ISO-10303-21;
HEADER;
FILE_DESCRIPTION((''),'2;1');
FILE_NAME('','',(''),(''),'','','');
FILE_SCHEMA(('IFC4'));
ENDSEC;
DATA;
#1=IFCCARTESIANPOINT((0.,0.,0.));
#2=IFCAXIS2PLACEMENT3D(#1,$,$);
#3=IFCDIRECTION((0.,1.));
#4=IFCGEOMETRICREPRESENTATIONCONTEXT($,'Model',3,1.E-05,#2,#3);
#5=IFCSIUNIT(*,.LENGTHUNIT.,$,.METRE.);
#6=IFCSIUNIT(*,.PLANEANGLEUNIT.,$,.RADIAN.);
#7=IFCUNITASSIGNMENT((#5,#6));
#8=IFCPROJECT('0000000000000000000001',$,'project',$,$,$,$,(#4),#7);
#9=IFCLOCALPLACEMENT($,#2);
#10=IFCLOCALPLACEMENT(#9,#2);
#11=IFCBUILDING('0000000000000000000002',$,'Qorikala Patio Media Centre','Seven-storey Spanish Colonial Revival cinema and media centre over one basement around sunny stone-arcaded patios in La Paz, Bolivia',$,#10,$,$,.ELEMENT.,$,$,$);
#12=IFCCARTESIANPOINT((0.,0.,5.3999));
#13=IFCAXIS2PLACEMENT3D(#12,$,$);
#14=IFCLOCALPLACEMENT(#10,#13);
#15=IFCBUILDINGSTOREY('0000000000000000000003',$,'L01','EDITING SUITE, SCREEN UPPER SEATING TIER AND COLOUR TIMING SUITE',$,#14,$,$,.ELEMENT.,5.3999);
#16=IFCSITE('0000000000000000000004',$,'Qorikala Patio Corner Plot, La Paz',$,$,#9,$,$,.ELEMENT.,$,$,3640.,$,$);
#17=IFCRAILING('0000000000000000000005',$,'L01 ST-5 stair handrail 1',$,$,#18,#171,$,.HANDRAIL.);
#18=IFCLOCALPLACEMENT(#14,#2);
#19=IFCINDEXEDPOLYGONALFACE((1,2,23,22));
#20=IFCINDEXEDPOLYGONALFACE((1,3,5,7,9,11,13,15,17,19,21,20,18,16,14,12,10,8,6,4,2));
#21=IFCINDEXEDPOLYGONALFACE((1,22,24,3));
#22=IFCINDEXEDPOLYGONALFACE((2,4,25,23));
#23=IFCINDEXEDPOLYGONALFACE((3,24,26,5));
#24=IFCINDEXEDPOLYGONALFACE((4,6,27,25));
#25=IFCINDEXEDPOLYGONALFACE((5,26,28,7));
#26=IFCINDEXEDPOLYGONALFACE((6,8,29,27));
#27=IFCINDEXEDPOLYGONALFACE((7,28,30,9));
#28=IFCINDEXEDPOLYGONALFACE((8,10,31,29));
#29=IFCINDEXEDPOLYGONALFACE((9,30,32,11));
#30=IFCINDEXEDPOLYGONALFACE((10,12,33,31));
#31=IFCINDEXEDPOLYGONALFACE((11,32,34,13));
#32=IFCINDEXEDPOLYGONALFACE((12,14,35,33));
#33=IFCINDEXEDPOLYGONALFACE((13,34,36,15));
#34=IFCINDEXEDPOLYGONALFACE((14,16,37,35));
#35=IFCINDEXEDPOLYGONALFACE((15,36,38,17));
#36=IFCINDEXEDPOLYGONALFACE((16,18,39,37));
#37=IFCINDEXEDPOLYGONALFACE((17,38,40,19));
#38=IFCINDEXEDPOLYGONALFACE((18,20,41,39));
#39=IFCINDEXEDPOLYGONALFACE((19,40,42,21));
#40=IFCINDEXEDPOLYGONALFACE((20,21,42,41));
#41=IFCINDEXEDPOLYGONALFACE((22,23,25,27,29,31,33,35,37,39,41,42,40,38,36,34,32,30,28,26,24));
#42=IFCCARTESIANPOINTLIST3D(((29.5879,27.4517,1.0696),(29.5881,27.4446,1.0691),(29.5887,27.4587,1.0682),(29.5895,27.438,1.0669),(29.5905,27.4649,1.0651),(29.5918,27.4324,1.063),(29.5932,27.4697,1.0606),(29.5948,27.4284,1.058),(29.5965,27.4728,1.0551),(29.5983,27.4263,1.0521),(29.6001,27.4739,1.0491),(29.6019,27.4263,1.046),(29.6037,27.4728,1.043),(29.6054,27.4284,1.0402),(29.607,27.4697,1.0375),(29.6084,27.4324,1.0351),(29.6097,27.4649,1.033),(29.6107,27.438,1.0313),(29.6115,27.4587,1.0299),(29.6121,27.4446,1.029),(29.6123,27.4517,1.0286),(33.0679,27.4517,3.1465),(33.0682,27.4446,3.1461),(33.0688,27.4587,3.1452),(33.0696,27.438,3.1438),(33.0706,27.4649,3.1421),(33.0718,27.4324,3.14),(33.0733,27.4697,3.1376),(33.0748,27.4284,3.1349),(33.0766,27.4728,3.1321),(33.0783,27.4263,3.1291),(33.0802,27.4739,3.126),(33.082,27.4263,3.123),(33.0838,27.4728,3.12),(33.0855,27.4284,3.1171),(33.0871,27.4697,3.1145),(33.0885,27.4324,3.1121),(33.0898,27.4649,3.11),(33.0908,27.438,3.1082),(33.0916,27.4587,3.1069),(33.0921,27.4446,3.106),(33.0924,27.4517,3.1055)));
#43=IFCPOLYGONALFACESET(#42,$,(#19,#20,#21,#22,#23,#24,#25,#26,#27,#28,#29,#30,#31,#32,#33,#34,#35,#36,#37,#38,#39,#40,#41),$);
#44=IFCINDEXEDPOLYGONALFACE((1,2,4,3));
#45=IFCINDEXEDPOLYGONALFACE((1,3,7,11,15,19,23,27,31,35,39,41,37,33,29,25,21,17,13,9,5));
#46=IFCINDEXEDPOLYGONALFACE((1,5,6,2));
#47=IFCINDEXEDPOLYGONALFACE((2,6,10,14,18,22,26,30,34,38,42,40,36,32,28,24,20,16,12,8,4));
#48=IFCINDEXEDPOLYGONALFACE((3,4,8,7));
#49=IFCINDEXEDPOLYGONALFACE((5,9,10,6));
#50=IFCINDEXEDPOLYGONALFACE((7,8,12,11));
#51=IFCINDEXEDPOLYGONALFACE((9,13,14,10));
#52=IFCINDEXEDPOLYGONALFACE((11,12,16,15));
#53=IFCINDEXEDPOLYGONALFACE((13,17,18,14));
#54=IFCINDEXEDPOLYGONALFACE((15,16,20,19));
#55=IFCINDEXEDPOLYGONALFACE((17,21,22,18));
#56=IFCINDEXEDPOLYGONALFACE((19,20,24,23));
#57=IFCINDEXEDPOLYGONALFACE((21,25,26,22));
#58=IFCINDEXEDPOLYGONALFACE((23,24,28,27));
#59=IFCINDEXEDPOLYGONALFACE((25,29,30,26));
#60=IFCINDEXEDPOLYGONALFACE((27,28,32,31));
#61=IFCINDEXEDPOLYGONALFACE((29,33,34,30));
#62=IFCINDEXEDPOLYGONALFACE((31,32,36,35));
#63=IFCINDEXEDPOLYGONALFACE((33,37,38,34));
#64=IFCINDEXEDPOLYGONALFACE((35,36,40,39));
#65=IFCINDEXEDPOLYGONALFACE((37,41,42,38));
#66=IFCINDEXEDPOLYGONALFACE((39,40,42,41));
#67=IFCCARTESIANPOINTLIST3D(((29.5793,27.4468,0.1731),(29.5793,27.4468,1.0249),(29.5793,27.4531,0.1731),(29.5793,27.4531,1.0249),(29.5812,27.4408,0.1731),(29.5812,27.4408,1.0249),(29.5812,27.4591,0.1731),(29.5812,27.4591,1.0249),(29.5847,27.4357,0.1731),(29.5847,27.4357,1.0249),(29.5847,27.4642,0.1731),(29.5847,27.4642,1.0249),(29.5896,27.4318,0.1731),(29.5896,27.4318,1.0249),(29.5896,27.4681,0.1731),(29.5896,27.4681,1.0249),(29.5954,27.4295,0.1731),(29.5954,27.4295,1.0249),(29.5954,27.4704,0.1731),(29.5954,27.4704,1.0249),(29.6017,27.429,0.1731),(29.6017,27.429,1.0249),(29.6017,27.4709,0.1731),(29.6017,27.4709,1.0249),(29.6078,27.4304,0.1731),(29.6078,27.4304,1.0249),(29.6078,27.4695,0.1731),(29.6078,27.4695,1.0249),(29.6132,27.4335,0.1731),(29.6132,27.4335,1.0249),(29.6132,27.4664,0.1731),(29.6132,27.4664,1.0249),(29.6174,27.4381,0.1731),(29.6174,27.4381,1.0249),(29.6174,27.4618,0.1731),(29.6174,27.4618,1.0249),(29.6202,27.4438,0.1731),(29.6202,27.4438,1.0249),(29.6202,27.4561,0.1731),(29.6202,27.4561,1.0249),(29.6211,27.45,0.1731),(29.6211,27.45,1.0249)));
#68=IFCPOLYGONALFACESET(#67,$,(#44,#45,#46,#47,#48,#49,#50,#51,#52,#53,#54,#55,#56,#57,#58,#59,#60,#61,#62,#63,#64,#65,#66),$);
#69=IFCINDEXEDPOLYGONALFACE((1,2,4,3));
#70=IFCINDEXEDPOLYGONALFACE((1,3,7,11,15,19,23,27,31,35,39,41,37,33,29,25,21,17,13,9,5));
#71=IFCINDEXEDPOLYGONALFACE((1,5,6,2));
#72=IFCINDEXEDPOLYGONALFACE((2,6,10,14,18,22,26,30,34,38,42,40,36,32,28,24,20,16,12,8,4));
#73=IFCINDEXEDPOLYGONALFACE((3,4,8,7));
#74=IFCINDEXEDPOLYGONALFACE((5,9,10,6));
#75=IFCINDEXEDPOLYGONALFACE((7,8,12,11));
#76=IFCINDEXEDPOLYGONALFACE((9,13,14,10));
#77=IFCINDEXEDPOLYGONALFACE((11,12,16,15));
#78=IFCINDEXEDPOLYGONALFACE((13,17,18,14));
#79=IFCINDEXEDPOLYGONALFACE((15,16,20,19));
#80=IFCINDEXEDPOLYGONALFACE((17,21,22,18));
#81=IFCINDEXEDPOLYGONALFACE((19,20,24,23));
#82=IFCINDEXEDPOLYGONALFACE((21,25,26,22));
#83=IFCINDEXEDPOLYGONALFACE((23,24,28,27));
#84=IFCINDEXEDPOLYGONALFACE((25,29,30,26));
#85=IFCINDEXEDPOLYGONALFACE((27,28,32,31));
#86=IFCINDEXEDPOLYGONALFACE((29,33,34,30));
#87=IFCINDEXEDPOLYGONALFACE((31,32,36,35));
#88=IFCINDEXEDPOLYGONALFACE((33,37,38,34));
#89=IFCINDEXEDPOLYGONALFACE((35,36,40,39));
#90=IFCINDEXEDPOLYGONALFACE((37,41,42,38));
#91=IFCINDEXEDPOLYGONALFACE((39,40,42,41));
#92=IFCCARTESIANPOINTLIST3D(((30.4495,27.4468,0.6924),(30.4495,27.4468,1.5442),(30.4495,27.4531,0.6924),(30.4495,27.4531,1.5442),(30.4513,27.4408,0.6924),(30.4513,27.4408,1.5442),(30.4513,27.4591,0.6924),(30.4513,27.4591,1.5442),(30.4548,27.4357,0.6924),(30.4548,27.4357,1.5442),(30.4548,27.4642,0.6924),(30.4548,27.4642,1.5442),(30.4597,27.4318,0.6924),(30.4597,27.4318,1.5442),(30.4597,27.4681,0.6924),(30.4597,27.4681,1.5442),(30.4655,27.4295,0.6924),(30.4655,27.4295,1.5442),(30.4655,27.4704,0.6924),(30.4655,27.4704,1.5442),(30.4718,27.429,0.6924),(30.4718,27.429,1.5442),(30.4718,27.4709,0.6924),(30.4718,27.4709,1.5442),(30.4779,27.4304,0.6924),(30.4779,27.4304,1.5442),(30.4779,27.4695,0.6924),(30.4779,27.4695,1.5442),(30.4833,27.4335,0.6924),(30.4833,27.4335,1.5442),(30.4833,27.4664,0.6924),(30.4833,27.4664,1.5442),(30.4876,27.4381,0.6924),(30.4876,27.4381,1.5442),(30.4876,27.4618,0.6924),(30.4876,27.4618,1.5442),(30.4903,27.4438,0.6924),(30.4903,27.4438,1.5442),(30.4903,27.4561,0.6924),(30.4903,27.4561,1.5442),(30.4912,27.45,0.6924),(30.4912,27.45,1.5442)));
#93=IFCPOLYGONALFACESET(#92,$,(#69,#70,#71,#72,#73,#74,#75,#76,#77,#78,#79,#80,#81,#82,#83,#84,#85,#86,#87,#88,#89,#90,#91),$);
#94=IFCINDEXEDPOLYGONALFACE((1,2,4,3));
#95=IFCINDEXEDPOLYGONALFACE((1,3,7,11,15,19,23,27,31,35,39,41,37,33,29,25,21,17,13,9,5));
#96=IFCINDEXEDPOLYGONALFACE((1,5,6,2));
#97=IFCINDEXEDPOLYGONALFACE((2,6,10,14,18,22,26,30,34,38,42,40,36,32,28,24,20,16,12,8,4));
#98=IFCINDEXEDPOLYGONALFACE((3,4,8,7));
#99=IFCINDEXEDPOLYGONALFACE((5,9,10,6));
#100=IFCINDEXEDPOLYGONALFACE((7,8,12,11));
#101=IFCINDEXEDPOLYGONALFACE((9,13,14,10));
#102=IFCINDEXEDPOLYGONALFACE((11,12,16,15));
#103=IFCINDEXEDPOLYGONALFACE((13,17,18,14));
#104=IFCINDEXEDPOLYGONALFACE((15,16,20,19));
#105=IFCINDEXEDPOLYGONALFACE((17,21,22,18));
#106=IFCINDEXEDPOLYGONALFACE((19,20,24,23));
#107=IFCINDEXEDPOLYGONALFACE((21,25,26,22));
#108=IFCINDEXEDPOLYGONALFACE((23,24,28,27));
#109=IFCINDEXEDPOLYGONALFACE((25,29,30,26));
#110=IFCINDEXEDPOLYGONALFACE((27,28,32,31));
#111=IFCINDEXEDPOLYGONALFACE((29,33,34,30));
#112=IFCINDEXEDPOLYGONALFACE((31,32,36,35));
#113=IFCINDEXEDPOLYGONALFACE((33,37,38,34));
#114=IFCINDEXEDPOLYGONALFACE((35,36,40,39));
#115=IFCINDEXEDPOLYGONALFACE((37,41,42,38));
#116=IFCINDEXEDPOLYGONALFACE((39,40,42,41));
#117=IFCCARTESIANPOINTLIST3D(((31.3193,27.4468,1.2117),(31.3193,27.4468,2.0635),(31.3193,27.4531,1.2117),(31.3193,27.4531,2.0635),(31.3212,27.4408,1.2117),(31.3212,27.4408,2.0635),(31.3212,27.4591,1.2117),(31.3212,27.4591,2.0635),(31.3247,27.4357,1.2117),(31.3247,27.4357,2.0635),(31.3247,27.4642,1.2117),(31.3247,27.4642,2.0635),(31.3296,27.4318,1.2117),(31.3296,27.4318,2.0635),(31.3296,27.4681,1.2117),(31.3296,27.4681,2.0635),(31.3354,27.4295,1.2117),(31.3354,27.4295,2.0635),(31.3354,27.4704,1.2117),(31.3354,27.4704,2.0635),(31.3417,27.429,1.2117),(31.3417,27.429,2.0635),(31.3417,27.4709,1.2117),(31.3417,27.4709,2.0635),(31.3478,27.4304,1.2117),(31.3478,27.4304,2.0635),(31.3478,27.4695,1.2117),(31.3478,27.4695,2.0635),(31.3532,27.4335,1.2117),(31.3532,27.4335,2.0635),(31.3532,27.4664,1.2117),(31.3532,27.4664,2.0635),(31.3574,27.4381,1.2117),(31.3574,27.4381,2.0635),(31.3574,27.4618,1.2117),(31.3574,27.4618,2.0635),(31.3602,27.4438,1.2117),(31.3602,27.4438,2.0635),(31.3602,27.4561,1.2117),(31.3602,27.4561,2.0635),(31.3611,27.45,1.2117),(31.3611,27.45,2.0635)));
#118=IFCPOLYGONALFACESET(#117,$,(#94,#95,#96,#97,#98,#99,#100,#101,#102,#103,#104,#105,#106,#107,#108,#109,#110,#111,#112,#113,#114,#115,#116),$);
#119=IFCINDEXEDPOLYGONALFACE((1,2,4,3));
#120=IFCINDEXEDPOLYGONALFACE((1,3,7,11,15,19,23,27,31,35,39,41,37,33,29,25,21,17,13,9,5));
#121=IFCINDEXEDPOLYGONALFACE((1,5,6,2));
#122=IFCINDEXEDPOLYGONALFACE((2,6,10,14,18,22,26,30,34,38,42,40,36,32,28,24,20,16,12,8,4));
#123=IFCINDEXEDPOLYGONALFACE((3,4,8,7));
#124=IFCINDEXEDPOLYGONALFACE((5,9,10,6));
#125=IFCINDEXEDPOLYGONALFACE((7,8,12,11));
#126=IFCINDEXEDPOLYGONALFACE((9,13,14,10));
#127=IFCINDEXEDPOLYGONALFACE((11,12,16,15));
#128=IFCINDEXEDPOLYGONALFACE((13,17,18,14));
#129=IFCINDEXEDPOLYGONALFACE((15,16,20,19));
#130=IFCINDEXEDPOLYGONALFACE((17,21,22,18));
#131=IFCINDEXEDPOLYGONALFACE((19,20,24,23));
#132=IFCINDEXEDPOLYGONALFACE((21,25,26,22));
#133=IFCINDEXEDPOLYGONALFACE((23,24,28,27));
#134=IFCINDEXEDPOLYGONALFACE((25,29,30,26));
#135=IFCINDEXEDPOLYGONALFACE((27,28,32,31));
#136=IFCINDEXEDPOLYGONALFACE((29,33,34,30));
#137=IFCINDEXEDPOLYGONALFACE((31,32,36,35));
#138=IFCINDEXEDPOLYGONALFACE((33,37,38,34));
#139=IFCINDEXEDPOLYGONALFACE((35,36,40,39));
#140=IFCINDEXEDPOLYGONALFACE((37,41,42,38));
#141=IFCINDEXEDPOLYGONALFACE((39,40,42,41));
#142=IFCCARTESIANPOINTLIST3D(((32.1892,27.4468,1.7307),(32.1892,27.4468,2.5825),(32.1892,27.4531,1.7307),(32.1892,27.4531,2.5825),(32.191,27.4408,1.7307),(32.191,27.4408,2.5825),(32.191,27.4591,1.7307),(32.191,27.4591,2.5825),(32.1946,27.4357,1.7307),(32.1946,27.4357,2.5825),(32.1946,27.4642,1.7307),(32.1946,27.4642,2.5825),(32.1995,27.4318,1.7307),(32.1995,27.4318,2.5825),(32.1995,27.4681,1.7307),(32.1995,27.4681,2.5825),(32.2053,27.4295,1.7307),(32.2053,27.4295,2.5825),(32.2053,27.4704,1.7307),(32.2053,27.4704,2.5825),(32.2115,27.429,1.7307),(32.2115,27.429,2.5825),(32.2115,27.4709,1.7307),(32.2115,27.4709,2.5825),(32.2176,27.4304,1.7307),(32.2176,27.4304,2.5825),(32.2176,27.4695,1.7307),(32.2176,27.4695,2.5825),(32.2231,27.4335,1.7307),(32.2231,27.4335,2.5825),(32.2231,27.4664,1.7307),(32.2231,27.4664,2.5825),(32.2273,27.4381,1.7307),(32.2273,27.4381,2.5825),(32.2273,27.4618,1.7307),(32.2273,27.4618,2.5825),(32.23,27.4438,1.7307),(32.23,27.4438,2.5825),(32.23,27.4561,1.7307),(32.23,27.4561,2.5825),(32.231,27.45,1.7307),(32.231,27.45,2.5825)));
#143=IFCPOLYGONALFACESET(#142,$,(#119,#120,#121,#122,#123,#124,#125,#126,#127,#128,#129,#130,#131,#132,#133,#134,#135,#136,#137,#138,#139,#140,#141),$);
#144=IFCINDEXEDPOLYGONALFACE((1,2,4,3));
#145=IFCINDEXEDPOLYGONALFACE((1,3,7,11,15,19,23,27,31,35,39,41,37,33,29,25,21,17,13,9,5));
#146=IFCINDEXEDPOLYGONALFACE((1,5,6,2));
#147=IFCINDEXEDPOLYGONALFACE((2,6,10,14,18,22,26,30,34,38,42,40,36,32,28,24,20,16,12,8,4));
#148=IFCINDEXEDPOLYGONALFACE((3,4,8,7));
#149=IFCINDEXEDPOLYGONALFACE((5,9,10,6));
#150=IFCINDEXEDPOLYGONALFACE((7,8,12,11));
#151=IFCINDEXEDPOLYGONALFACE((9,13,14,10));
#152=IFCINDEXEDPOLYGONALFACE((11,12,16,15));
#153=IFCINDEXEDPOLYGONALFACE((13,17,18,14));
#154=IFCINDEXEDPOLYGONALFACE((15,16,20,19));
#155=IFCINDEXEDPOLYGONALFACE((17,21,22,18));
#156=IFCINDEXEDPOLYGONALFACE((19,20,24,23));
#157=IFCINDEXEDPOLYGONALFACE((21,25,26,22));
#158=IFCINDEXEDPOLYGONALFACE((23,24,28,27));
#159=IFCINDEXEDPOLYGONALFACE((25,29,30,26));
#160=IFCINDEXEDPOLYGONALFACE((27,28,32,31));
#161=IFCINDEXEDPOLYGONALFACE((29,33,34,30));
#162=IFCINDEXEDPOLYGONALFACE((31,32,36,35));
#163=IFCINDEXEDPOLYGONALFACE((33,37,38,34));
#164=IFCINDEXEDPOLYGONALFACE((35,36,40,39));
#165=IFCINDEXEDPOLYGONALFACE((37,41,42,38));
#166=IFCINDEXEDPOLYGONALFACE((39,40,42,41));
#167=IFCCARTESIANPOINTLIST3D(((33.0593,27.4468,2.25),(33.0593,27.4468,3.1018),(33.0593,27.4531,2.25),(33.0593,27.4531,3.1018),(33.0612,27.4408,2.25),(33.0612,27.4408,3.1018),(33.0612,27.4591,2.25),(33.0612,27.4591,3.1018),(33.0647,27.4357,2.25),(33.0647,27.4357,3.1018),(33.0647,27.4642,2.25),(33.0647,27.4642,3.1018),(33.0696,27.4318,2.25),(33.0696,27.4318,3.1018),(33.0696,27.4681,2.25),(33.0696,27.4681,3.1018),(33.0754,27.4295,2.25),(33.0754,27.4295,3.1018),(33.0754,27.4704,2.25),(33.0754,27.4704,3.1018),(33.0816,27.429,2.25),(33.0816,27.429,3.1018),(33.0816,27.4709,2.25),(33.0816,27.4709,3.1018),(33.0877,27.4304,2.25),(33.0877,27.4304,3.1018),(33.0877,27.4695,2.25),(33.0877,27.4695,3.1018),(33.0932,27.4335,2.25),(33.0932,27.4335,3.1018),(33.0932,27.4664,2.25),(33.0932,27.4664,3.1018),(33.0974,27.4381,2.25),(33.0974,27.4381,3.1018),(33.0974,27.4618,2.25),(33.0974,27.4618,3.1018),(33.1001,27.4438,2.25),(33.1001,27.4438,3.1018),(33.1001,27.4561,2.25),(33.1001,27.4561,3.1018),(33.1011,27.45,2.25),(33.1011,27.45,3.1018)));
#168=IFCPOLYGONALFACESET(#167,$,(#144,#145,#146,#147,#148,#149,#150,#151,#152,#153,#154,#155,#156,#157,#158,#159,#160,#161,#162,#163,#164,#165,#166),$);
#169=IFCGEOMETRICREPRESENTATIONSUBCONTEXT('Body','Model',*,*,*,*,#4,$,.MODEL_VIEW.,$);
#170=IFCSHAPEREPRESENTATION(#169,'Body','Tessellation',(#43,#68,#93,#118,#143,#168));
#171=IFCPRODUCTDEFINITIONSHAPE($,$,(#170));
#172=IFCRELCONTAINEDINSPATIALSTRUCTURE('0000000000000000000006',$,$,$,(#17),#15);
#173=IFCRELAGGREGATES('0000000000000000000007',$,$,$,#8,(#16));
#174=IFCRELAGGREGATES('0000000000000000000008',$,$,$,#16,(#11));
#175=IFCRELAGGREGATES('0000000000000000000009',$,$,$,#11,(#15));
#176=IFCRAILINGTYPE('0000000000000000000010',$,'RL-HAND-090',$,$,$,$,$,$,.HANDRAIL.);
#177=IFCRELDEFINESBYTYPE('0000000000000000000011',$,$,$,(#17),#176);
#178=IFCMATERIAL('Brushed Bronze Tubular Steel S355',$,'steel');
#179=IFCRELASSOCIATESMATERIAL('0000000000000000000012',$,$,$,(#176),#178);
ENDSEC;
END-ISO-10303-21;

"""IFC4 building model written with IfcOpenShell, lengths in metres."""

from ifc_helpers import new_model, si_unit, direction, frame, origin, origin_2d, place, context, subcontext, project, spatial, circle, extrude, material, type_object, element, save


model = new_model("IFC4")

# Units and contexts
model_context = context("Model", 3, precision=1e-05, world=origin(), true_north=direction((0.0, 1.0)))
body_context = subcontext(model_context, "Body", "Model", "MODEL_VIEW")
ifc_project = project(units=[si_unit("LENGTHUNIT", "METRE"), si_unit("PLANEANGLEUNIT", "RADIAN")], contexts=[model_context])

# Site, building, storey
site_placement = place(None, origin())
site = spatial("IfcSite", under=ifc_project, at=site_placement, Name="Qorikala Patio Corner Plot, La Paz", CompositionType="ELEMENT", RefElevation=3640.0)
building_placement = place(site_placement, origin())
building = spatial("IfcBuilding", under=site, at=building_placement, Name="Qorikala Patio Media Centre", Description="Seven-storey Spanish Colonial Revival cinema and media centre over one basement around sunny stone-arcaded patios in La Paz, Bolivia", CompositionType="ELEMENT")
storey_placement = place(building_placement, frame((0.0, 0.0, 5.3999)))
storey = spatial("IfcBuildingStorey", under=building, at=storey_placement, Name="L01", Description="EDITING SUITE, SCREEN UPPER SEATING TIER AND COLOUR TIMING SUITE", CompositionType="ELEMENT", Elevation=5.3999)

# Railing
ifc_material_1 = material(Name="Brushed Bronze Tubular Steel S355", Category="steel")
railing_type_1 = type_object("IfcRailingType", Name="RL-HAND-090", PredefinedType="HANDRAIL", material=ifc_material_1)
railing_1_placement = place(storey_placement, frame((29.6001, 27.45, 0.1731)))
element("IfcRailing", 1, at=railing_1_placement, inside=storey, type_object=railing_type_1, Name="L01 ST-5 stair handrail 1", PredefinedType="HANDRAIL", context=body_context, shape_type="SweptSolid", body=[
    extrude(circle(Radius=0.0239, at=origin_2d()), frame((0.0, 0.0, 0.876), z_axis=(0.858697, 0.0, 0.512483), x_axis=(0.0, 1.0, 0.0)), (0.0, 0.0, 1.0), 4.0527),
    extrude(circle(Radius=0.021, at=origin_2d()), origin(), (0.0, 0.0, 1.0), 0.8518),
    extrude(circle(Radius=0.021, at=origin_2d()), frame((0.8701, 0.0, 0.5193)), (0.0, 0.0, 1.0), 0.8518),
    extrude(circle(Radius=0.021, at=origin_2d()), frame((1.74, 0.0, 1.0386)), (0.0, 0.0, 1.0), 0.8518),
    extrude(circle(Radius=0.021, at=origin_2d()), frame((2.6099, 0.0, 1.5576)), (0.0, 0.0, 1.0), 0.8518),
    extrude(circle(Radius=0.021, at=origin_2d()), frame((3.48, 0.0, 2.0769)), (0.0, 0.0, 1.0), 0.8518),
])

save(model, "model.ifc")
